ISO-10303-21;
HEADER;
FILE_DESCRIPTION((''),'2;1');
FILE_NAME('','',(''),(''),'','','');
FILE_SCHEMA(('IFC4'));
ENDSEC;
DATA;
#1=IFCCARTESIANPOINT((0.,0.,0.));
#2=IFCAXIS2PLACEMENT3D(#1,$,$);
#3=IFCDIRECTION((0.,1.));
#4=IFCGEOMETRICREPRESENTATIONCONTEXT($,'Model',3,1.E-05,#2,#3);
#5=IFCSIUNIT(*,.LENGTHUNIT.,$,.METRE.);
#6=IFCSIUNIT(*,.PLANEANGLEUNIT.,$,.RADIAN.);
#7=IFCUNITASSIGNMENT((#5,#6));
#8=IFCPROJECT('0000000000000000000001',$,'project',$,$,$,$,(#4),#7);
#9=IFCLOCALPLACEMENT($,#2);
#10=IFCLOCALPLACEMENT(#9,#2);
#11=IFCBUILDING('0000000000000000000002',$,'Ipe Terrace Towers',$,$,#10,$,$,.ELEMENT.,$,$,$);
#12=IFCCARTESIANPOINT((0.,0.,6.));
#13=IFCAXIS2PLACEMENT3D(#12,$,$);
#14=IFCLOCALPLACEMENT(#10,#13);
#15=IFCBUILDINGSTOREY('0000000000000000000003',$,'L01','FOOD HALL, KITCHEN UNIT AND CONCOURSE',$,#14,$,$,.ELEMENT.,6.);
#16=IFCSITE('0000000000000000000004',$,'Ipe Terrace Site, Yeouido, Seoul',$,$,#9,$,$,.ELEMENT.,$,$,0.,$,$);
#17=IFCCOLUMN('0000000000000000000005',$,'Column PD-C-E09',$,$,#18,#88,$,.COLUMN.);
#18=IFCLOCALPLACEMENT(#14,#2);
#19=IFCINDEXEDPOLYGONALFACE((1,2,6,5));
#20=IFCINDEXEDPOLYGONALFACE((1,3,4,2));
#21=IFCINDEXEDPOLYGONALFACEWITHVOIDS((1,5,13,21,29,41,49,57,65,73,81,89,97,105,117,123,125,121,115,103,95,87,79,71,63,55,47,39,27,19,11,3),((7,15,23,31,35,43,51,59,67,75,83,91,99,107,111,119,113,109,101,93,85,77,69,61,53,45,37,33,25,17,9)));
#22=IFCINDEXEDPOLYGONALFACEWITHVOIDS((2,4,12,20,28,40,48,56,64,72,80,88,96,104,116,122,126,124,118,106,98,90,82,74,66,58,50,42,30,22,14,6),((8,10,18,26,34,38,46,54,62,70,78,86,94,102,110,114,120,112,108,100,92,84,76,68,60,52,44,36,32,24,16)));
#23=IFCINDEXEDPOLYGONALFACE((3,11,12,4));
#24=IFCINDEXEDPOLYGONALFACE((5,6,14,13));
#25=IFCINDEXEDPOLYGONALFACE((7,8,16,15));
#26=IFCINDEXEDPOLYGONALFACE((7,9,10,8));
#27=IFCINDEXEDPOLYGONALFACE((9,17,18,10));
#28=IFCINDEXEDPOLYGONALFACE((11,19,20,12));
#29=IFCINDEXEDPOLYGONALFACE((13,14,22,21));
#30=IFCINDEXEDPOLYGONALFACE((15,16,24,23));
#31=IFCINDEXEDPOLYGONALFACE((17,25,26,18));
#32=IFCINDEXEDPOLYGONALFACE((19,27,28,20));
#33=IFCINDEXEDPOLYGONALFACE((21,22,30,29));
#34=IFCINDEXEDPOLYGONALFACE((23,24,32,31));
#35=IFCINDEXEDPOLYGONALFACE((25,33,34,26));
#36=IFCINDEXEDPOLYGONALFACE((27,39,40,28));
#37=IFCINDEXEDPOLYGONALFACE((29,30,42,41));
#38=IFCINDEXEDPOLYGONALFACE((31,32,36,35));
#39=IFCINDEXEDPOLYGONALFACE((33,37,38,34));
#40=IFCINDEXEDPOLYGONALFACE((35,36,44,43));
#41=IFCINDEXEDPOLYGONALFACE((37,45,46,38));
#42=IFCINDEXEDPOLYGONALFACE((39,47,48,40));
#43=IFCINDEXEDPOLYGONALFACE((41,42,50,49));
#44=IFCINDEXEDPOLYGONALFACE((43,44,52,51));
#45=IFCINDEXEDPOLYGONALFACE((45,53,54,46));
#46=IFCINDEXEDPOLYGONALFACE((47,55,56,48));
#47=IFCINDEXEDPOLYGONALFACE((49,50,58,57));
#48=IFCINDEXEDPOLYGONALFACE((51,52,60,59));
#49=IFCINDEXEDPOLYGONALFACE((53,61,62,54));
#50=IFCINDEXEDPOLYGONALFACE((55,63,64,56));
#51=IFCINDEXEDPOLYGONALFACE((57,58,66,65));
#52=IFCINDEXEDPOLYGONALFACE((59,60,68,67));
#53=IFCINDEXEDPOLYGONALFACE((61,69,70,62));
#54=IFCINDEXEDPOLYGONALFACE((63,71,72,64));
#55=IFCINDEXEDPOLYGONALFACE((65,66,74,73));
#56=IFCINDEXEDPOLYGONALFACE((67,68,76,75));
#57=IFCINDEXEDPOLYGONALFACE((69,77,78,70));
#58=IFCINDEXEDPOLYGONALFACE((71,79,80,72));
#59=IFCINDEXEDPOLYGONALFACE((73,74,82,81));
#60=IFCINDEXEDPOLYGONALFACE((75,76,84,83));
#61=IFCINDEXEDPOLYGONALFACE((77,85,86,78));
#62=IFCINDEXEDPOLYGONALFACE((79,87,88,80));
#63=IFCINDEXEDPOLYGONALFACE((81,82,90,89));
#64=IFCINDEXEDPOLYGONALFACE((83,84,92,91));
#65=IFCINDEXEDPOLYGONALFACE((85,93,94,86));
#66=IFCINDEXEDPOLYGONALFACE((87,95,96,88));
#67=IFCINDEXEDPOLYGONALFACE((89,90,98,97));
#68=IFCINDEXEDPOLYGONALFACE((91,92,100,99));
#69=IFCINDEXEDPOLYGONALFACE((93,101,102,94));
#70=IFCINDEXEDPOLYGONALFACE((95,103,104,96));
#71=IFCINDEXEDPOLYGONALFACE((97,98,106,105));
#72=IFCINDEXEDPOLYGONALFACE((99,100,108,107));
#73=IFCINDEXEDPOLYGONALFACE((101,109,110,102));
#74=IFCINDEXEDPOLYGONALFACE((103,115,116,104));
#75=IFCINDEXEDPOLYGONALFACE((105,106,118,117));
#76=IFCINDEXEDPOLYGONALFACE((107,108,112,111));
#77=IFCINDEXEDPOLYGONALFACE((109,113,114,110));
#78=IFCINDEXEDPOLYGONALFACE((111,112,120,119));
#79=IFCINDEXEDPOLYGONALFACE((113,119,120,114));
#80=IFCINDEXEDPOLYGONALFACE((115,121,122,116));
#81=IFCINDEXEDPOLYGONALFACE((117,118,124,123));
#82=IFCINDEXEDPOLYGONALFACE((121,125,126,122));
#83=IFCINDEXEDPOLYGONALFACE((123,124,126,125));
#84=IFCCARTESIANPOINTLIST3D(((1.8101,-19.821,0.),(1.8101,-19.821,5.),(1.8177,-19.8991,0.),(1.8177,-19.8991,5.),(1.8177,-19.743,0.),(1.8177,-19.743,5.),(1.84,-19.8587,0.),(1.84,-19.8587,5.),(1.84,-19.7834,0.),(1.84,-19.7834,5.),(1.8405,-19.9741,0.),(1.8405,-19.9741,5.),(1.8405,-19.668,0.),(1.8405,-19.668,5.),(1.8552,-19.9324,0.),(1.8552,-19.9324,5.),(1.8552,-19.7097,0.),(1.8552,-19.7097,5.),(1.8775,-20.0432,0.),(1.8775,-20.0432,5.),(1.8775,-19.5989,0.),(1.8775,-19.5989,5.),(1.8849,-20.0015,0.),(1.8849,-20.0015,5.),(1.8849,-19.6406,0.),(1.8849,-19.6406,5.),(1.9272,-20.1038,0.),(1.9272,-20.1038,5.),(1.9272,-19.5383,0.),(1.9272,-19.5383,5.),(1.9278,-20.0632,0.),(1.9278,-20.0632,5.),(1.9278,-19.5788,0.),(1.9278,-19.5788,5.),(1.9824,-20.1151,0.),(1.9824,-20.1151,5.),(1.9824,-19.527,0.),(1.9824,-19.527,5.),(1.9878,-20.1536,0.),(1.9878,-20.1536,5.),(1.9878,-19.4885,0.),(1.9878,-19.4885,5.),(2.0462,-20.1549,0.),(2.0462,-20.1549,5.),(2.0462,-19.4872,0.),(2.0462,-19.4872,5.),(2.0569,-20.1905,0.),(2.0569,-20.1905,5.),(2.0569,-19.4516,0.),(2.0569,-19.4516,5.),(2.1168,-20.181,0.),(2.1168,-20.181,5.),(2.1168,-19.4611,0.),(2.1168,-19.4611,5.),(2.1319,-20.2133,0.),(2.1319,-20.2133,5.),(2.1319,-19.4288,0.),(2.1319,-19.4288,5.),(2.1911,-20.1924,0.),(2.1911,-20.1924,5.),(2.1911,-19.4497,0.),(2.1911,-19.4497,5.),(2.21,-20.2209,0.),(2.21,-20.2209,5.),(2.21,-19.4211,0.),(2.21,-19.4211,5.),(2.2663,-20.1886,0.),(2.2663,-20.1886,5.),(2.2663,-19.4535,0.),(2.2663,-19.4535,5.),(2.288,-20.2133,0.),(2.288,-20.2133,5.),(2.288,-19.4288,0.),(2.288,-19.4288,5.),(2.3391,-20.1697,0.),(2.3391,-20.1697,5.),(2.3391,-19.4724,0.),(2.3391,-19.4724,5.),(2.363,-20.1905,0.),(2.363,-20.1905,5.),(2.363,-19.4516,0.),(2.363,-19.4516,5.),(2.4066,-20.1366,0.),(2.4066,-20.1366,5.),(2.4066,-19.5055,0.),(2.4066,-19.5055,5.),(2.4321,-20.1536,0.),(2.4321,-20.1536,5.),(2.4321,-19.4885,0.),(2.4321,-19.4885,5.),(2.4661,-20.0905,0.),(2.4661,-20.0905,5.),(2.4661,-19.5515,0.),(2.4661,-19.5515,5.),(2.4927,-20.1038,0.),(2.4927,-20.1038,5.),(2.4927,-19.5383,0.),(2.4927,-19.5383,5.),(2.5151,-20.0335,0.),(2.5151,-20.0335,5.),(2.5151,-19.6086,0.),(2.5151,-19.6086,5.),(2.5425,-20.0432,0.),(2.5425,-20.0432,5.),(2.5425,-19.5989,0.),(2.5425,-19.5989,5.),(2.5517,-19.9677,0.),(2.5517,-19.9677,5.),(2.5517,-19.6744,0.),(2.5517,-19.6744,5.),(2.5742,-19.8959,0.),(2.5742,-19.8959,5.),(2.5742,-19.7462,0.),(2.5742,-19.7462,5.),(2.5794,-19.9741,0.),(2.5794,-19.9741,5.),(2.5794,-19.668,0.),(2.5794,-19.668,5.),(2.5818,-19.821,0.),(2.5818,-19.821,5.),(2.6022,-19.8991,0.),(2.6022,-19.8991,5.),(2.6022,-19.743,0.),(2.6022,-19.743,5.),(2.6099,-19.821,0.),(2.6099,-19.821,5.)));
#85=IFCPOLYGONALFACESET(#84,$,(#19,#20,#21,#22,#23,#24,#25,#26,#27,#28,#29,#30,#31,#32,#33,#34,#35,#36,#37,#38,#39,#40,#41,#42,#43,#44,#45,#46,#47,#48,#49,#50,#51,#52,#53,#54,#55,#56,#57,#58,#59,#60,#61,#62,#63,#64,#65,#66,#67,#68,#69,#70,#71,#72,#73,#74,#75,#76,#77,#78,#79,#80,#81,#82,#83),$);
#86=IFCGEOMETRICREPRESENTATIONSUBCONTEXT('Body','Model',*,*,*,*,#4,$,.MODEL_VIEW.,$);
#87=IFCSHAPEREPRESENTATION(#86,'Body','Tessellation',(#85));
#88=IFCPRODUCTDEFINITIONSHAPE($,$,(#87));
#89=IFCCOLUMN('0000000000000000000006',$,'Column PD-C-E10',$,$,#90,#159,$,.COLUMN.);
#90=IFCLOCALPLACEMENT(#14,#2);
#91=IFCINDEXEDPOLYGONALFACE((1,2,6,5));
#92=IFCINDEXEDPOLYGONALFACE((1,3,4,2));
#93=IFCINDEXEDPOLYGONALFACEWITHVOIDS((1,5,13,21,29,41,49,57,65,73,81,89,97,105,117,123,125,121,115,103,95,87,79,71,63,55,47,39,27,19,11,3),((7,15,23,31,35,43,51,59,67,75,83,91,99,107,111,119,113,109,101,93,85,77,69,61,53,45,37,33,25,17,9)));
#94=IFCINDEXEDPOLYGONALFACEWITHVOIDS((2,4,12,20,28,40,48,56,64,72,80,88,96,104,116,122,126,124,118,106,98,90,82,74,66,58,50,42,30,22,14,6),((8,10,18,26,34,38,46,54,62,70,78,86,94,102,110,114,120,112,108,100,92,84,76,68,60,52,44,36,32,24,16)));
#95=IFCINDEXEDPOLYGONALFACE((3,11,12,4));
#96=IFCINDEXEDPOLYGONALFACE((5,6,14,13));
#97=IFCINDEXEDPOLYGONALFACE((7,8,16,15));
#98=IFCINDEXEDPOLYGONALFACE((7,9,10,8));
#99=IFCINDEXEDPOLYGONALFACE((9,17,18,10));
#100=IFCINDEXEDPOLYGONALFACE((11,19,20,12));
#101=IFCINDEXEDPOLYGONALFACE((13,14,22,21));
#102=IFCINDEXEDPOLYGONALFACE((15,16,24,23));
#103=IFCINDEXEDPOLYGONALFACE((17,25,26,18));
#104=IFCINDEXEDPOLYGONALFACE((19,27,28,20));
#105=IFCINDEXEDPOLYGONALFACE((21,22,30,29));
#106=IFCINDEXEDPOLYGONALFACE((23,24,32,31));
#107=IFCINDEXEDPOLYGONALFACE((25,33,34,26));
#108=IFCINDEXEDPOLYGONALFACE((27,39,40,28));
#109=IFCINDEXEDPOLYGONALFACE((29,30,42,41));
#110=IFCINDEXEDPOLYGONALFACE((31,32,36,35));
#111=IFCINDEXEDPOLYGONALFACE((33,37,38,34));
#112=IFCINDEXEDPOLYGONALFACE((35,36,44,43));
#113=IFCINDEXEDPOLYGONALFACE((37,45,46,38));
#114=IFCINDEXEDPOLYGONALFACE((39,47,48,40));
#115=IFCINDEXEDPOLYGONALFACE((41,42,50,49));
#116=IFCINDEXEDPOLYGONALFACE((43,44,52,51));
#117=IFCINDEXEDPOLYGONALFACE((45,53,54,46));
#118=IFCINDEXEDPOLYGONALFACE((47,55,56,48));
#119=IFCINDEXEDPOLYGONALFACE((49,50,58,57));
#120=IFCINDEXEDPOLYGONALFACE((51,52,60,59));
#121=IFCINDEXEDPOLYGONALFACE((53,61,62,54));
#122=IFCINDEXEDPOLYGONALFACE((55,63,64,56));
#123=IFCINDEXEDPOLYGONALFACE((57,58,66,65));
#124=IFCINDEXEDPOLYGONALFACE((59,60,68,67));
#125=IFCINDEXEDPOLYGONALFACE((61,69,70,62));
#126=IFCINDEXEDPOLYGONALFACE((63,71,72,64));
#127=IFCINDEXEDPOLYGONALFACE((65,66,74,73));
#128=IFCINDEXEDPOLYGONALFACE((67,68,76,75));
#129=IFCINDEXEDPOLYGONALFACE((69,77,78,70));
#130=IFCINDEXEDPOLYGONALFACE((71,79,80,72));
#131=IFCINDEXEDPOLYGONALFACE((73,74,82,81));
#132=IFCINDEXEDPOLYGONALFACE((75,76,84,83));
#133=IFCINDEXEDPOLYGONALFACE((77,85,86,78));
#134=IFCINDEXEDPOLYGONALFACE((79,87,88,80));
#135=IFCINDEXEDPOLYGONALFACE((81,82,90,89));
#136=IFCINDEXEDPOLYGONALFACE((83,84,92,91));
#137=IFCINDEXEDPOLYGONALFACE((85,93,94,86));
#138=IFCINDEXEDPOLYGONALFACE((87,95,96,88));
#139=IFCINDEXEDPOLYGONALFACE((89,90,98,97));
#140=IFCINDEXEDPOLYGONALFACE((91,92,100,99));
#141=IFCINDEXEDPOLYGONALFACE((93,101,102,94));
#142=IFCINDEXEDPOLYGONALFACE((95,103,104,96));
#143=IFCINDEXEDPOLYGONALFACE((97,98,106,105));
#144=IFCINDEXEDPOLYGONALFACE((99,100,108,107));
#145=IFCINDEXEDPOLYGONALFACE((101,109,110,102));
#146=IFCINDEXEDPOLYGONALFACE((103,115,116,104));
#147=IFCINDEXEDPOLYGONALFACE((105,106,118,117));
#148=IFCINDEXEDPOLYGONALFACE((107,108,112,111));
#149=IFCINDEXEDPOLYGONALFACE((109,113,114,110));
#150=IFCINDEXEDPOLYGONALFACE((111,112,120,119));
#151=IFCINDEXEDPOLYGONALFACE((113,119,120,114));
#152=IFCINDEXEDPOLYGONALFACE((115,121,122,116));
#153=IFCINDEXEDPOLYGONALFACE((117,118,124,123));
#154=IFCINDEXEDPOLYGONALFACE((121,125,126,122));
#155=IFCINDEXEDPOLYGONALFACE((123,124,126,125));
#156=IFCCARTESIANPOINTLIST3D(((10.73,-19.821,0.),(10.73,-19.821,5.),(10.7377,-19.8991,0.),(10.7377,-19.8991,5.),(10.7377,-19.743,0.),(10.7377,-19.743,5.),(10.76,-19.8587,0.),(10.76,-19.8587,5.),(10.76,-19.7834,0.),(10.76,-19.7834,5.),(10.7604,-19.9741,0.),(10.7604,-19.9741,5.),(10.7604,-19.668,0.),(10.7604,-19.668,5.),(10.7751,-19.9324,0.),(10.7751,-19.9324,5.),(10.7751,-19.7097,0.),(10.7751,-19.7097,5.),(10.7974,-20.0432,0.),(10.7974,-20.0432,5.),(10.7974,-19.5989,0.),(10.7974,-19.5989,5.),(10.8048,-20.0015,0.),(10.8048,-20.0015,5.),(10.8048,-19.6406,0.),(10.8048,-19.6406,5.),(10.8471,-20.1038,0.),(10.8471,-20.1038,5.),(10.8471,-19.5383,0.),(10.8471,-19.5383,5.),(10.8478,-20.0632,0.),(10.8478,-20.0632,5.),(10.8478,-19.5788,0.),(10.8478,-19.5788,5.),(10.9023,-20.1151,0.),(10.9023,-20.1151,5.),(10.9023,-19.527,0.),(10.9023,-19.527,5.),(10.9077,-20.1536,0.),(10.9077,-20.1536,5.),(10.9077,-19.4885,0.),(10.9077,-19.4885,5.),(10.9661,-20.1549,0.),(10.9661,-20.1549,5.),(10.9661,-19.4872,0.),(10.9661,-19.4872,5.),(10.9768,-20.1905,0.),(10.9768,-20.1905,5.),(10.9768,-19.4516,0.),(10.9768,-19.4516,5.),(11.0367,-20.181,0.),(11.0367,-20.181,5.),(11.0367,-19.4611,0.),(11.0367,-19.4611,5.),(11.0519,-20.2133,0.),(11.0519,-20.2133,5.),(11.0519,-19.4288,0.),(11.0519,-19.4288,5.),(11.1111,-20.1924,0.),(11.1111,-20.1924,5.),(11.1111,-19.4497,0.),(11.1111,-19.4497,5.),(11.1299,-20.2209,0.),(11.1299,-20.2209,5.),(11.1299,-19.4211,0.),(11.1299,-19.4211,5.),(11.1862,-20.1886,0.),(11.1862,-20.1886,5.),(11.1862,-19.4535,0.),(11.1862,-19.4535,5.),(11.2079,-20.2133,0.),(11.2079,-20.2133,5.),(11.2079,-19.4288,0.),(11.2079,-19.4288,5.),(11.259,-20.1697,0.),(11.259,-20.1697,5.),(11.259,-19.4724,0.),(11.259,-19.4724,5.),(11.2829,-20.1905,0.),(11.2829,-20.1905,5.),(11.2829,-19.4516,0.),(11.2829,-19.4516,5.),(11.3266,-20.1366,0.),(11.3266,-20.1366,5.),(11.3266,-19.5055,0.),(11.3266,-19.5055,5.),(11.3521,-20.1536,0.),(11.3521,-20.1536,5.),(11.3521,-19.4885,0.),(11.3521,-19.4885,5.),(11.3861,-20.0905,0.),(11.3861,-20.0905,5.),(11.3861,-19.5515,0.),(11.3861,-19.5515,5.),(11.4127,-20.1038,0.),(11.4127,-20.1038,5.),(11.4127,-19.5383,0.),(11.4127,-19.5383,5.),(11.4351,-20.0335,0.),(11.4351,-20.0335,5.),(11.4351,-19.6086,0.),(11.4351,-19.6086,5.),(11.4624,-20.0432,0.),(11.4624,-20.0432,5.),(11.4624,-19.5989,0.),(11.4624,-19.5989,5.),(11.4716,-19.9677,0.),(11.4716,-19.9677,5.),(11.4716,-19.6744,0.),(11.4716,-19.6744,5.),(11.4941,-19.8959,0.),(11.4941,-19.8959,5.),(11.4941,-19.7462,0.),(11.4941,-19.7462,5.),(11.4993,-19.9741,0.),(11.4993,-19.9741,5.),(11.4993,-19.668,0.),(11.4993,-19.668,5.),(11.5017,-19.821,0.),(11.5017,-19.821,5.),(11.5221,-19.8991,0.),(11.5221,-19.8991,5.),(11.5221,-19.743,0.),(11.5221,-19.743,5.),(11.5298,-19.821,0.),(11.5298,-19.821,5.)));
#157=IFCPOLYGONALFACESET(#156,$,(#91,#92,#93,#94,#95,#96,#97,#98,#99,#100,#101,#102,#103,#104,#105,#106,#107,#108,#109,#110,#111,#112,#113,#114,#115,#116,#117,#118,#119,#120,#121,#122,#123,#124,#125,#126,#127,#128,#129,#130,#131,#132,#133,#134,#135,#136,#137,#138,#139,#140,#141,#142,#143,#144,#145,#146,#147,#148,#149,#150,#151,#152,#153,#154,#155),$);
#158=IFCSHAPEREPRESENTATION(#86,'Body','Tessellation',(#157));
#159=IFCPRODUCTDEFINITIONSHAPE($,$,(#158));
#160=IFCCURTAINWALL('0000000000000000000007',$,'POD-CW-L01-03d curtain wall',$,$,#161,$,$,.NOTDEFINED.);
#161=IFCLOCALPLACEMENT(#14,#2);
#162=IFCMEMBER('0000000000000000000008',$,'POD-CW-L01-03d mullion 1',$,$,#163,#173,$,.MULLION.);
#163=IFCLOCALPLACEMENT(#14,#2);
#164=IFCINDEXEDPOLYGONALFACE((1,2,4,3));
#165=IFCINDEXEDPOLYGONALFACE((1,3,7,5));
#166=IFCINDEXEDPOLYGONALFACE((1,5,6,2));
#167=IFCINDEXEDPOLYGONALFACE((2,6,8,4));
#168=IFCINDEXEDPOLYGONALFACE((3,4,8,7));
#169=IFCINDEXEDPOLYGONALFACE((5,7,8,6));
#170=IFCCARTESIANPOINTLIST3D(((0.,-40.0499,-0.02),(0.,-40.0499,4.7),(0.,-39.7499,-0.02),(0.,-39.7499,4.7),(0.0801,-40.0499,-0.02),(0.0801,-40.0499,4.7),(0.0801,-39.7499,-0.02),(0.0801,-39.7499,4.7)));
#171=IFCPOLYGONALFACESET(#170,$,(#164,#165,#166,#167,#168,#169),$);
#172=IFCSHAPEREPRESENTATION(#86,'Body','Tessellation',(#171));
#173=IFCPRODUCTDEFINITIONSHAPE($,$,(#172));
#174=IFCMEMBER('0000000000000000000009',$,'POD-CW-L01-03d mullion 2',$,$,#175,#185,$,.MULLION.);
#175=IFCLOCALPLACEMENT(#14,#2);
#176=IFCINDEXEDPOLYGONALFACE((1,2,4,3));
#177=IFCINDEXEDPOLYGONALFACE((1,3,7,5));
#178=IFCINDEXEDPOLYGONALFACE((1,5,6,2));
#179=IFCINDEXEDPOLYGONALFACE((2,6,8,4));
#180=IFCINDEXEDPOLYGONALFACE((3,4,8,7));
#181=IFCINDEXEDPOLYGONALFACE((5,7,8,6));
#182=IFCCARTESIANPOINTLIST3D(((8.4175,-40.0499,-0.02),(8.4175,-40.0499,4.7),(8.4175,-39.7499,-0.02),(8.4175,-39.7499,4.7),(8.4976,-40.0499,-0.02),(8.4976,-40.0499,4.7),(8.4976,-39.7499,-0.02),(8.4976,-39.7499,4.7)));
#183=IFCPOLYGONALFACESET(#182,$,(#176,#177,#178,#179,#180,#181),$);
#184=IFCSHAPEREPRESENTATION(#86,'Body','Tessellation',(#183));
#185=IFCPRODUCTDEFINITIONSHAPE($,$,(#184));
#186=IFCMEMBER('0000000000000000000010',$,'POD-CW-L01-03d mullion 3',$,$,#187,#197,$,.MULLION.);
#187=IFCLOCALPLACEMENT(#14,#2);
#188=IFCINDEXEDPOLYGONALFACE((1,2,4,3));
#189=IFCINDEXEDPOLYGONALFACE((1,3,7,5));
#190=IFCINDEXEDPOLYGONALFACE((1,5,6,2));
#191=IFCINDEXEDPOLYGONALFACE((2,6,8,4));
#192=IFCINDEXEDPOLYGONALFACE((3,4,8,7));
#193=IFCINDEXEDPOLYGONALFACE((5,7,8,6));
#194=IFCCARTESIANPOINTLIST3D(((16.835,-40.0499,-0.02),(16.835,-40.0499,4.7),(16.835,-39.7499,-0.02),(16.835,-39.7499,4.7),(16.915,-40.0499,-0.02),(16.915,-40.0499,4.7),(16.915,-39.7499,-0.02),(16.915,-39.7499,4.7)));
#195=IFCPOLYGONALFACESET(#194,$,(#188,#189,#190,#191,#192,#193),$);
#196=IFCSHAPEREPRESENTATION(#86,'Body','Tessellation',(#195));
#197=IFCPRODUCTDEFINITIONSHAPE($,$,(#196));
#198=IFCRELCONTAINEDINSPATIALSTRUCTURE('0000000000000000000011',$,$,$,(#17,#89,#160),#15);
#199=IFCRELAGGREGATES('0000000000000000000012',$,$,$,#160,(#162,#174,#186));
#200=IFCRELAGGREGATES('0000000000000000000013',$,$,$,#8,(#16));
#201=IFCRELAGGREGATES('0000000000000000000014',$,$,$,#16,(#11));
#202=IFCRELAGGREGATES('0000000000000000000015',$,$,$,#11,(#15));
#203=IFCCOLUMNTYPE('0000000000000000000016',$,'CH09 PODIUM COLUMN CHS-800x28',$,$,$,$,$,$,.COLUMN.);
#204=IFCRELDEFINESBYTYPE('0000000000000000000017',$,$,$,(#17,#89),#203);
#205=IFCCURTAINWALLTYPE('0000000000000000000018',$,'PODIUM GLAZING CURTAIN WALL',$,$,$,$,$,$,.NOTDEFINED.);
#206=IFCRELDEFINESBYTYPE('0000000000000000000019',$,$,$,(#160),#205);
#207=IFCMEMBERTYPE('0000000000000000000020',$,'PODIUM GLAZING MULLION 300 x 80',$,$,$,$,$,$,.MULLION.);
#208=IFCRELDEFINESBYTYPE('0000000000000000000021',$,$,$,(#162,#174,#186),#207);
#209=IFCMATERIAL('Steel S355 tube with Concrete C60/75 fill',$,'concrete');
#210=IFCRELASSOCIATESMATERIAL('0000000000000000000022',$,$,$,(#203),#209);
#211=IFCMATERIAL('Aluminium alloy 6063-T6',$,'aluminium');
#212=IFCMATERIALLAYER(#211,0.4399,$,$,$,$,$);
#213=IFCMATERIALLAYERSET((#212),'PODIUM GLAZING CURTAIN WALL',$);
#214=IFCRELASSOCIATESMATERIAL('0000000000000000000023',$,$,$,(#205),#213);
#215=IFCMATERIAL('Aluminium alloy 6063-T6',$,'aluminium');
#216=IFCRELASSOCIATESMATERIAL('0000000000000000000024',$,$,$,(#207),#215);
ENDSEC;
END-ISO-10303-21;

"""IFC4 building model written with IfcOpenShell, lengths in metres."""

from ifc_helpers import new_model, si_unit, direction, frame, origin, origin_2d, place, context, subcontext, project, spatial, rectangle, hollow_circle, extrude, material, layer, layer_set, material_profile, profile_set, type_object, element, aggregate, save


model = new_model("IFC4")

# Units and contexts
model_context = context("Model", 3, precision=1e-05, world=origin(), true_north=direction((0.0, 1.0)))
body_context = subcontext(model_context, "Body", "Model", "MODEL_VIEW")
ifc_project = project(units=[si_unit("LENGTHUNIT", "METRE"), si_unit("PLANEANGLEUNIT", "RADIAN")], contexts=[model_context])

# Site, building, storey
site_placement = place(None, origin())
site = spatial("IfcSite", under=ifc_project, at=site_placement, Name="Ipe Terrace Site, Yeouido, Seoul", CompositionType="ELEMENT", RefElevation=0.0)
building_placement = place(site_placement, origin())
building = spatial("IfcBuilding", under=site, at=building_placement, Name="Ipe Terrace Towers", CompositionType="ELEMENT")
storey_placement = place(building_placement, frame((0.0, 0.0, 6.0)))
storey = spatial("IfcBuildingStorey", under=building, at=storey_placement, Name="L01", Description="FOOD HALL, KITCHEN UNIT AND CONCOURSE", CompositionType="ELEMENT", Elevation=6.0)

# Columns
ifc_material_1 = material(Name="Steel S355 tube with Concrete C60/75 fill", Category="concrete")
ifc_material_profile_1 = material_profile(ifc_material_1, hollow_circle(Radius=0.3999, WallThickness=0.0281, at=origin_2d()), Name="CHS-800x28")
ifc_profile_set_1 = profile_set([ifc_material_profile_1], Name="Steel S355 tube with Concrete C60/75 fill")
column_type = type_object("IfcColumnType", Name="CH09 PODIUM COLUMN CHS-800x28", PredefinedType="COLUMN", material=ifc_profile_set_1)
for number, where, z_axis, x_axis, name in (
    (1, (2.21, -19.821, 0.0), (0.0, 0.0, 1.0), (1.0, 0.0, 0.0), "Column PD-C-E09"),
    (2, (11.1299, -19.821, 0.0), (0.0, 0.0, 1.0), (1.0, 0.0, 0.0), "Column PD-C-E10"),
):
    element("IfcColumn", number, at=place(storey_placement, frame(where, z_axis=z_axis, x_axis=x_axis)), inside=storey, type_object=column_type, Name=name, PredefinedType="COLUMN", context=body_context, shape_type="SweptSolid", body=[
        extrude(hollow_circle(Radius=0.3999, WallThickness=0.0281, at=origin_2d()), origin(), (0.0, 0.0, 1.0), 5.0),
    ])

# Curtain wall, members
ifc_material_2 = material(Name="Aluminium alloy 6063-T6", Category="aluminium")
ifc_layer_1 = layer(ifc_material_2, 0.4399)
ifc_layer_set_1 = layer_set([ifc_layer_1], Name="PODIUM GLAZING CURTAIN WALL")
curtain_wall_type = type_object("IfcCurtainWallType", Name="PODIUM GLAZING CURTAIN WALL", PredefinedType="NOTDEFINED", material=ifc_layer_set_1)
curtain_wall_placement = place(storey_placement, origin())
curtain_wall = element("IfcCurtainWall", 3, at=curtain_wall_placement, inside=storey, type_object=curtain_wall_type, Name="POD-CW-L01-03d curtain wall", PredefinedType="NOTDEFINED")
ifc_material_3 = material(Name="Aluminium alloy 6063-T6", Category="aluminium")
ifc_material_profile_2 = material_profile(ifc_material_3, rectangle(XDim=0.3, YDim=0.0801, at=origin_2d()), Name="PODIUM GLAZING MULLION 300 x 80")
ifc_profile_set_2 = profile_set([ifc_material_profile_2], Name="Aluminium alloy 6063-T6")
member_type_1 = type_object("IfcMemberType", Name="PODIUM GLAZING MULLION 300 x 80", PredefinedType="MULLION", material=ifc_profile_set_2)
member_1_placement = place(storey_placement, frame((0.04, -39.8999, -0.02), z_axis=(0.0, 0.0, 1.0), x_axis=(0.0, -1.0, 0.0)))
member_1 = element("IfcMember", 4, at=member_1_placement, type_object=member_type_1, Name="POD-CW-L01-03d mullion 1", PredefinedType="MULLION", context=body_context, shape_type="SweptSolid", body=[
    extrude(rectangle(XDim=0.3, YDim=0.0801, at=origin_2d()), origin(), (0.0, 0.0, 1.0), 4.72),
])
member_2_placement = place(storey_placement, frame((8.4575, -39.8999, -0.02), z_axis=(0.0, 0.0, 1.0), x_axis=(0.0, -1.0, 0.0)))
member_2 = element("IfcMember", 5, at=member_2_placement, type_object=member_type_1, Name="POD-CW-L01-03d mullion 2", PredefinedType="MULLION", context=body_context, shape_type="SweptSolid", body=[
    extrude(rectangle(XDim=0.3, YDim=0.0801, at=origin_2d()), origin(), (0.0, 0.0, 1.0), 4.72),
])
member_3_placement = place(storey_placement, frame((16.875, -39.8999, -0.02), z_axis=(0.0, 0.0, 1.0), x_axis=(0.0, -1.0, 0.0)))
member_3 = element("IfcMember", 6, at=member_3_placement, type_object=member_type_1, Name="POD-CW-L01-03d mullion 3", PredefinedType="MULLION", context=body_context, shape_type="SweptSolid", body=[
    extrude(rectangle(XDim=0.3, YDim=0.0801, at=origin_2d()), origin(), (0.0, 0.0, 1.0), 4.72),
])
aggregate(curtain_wall, [member_1, member_2, member_3])

save(model, "model.ifc")
